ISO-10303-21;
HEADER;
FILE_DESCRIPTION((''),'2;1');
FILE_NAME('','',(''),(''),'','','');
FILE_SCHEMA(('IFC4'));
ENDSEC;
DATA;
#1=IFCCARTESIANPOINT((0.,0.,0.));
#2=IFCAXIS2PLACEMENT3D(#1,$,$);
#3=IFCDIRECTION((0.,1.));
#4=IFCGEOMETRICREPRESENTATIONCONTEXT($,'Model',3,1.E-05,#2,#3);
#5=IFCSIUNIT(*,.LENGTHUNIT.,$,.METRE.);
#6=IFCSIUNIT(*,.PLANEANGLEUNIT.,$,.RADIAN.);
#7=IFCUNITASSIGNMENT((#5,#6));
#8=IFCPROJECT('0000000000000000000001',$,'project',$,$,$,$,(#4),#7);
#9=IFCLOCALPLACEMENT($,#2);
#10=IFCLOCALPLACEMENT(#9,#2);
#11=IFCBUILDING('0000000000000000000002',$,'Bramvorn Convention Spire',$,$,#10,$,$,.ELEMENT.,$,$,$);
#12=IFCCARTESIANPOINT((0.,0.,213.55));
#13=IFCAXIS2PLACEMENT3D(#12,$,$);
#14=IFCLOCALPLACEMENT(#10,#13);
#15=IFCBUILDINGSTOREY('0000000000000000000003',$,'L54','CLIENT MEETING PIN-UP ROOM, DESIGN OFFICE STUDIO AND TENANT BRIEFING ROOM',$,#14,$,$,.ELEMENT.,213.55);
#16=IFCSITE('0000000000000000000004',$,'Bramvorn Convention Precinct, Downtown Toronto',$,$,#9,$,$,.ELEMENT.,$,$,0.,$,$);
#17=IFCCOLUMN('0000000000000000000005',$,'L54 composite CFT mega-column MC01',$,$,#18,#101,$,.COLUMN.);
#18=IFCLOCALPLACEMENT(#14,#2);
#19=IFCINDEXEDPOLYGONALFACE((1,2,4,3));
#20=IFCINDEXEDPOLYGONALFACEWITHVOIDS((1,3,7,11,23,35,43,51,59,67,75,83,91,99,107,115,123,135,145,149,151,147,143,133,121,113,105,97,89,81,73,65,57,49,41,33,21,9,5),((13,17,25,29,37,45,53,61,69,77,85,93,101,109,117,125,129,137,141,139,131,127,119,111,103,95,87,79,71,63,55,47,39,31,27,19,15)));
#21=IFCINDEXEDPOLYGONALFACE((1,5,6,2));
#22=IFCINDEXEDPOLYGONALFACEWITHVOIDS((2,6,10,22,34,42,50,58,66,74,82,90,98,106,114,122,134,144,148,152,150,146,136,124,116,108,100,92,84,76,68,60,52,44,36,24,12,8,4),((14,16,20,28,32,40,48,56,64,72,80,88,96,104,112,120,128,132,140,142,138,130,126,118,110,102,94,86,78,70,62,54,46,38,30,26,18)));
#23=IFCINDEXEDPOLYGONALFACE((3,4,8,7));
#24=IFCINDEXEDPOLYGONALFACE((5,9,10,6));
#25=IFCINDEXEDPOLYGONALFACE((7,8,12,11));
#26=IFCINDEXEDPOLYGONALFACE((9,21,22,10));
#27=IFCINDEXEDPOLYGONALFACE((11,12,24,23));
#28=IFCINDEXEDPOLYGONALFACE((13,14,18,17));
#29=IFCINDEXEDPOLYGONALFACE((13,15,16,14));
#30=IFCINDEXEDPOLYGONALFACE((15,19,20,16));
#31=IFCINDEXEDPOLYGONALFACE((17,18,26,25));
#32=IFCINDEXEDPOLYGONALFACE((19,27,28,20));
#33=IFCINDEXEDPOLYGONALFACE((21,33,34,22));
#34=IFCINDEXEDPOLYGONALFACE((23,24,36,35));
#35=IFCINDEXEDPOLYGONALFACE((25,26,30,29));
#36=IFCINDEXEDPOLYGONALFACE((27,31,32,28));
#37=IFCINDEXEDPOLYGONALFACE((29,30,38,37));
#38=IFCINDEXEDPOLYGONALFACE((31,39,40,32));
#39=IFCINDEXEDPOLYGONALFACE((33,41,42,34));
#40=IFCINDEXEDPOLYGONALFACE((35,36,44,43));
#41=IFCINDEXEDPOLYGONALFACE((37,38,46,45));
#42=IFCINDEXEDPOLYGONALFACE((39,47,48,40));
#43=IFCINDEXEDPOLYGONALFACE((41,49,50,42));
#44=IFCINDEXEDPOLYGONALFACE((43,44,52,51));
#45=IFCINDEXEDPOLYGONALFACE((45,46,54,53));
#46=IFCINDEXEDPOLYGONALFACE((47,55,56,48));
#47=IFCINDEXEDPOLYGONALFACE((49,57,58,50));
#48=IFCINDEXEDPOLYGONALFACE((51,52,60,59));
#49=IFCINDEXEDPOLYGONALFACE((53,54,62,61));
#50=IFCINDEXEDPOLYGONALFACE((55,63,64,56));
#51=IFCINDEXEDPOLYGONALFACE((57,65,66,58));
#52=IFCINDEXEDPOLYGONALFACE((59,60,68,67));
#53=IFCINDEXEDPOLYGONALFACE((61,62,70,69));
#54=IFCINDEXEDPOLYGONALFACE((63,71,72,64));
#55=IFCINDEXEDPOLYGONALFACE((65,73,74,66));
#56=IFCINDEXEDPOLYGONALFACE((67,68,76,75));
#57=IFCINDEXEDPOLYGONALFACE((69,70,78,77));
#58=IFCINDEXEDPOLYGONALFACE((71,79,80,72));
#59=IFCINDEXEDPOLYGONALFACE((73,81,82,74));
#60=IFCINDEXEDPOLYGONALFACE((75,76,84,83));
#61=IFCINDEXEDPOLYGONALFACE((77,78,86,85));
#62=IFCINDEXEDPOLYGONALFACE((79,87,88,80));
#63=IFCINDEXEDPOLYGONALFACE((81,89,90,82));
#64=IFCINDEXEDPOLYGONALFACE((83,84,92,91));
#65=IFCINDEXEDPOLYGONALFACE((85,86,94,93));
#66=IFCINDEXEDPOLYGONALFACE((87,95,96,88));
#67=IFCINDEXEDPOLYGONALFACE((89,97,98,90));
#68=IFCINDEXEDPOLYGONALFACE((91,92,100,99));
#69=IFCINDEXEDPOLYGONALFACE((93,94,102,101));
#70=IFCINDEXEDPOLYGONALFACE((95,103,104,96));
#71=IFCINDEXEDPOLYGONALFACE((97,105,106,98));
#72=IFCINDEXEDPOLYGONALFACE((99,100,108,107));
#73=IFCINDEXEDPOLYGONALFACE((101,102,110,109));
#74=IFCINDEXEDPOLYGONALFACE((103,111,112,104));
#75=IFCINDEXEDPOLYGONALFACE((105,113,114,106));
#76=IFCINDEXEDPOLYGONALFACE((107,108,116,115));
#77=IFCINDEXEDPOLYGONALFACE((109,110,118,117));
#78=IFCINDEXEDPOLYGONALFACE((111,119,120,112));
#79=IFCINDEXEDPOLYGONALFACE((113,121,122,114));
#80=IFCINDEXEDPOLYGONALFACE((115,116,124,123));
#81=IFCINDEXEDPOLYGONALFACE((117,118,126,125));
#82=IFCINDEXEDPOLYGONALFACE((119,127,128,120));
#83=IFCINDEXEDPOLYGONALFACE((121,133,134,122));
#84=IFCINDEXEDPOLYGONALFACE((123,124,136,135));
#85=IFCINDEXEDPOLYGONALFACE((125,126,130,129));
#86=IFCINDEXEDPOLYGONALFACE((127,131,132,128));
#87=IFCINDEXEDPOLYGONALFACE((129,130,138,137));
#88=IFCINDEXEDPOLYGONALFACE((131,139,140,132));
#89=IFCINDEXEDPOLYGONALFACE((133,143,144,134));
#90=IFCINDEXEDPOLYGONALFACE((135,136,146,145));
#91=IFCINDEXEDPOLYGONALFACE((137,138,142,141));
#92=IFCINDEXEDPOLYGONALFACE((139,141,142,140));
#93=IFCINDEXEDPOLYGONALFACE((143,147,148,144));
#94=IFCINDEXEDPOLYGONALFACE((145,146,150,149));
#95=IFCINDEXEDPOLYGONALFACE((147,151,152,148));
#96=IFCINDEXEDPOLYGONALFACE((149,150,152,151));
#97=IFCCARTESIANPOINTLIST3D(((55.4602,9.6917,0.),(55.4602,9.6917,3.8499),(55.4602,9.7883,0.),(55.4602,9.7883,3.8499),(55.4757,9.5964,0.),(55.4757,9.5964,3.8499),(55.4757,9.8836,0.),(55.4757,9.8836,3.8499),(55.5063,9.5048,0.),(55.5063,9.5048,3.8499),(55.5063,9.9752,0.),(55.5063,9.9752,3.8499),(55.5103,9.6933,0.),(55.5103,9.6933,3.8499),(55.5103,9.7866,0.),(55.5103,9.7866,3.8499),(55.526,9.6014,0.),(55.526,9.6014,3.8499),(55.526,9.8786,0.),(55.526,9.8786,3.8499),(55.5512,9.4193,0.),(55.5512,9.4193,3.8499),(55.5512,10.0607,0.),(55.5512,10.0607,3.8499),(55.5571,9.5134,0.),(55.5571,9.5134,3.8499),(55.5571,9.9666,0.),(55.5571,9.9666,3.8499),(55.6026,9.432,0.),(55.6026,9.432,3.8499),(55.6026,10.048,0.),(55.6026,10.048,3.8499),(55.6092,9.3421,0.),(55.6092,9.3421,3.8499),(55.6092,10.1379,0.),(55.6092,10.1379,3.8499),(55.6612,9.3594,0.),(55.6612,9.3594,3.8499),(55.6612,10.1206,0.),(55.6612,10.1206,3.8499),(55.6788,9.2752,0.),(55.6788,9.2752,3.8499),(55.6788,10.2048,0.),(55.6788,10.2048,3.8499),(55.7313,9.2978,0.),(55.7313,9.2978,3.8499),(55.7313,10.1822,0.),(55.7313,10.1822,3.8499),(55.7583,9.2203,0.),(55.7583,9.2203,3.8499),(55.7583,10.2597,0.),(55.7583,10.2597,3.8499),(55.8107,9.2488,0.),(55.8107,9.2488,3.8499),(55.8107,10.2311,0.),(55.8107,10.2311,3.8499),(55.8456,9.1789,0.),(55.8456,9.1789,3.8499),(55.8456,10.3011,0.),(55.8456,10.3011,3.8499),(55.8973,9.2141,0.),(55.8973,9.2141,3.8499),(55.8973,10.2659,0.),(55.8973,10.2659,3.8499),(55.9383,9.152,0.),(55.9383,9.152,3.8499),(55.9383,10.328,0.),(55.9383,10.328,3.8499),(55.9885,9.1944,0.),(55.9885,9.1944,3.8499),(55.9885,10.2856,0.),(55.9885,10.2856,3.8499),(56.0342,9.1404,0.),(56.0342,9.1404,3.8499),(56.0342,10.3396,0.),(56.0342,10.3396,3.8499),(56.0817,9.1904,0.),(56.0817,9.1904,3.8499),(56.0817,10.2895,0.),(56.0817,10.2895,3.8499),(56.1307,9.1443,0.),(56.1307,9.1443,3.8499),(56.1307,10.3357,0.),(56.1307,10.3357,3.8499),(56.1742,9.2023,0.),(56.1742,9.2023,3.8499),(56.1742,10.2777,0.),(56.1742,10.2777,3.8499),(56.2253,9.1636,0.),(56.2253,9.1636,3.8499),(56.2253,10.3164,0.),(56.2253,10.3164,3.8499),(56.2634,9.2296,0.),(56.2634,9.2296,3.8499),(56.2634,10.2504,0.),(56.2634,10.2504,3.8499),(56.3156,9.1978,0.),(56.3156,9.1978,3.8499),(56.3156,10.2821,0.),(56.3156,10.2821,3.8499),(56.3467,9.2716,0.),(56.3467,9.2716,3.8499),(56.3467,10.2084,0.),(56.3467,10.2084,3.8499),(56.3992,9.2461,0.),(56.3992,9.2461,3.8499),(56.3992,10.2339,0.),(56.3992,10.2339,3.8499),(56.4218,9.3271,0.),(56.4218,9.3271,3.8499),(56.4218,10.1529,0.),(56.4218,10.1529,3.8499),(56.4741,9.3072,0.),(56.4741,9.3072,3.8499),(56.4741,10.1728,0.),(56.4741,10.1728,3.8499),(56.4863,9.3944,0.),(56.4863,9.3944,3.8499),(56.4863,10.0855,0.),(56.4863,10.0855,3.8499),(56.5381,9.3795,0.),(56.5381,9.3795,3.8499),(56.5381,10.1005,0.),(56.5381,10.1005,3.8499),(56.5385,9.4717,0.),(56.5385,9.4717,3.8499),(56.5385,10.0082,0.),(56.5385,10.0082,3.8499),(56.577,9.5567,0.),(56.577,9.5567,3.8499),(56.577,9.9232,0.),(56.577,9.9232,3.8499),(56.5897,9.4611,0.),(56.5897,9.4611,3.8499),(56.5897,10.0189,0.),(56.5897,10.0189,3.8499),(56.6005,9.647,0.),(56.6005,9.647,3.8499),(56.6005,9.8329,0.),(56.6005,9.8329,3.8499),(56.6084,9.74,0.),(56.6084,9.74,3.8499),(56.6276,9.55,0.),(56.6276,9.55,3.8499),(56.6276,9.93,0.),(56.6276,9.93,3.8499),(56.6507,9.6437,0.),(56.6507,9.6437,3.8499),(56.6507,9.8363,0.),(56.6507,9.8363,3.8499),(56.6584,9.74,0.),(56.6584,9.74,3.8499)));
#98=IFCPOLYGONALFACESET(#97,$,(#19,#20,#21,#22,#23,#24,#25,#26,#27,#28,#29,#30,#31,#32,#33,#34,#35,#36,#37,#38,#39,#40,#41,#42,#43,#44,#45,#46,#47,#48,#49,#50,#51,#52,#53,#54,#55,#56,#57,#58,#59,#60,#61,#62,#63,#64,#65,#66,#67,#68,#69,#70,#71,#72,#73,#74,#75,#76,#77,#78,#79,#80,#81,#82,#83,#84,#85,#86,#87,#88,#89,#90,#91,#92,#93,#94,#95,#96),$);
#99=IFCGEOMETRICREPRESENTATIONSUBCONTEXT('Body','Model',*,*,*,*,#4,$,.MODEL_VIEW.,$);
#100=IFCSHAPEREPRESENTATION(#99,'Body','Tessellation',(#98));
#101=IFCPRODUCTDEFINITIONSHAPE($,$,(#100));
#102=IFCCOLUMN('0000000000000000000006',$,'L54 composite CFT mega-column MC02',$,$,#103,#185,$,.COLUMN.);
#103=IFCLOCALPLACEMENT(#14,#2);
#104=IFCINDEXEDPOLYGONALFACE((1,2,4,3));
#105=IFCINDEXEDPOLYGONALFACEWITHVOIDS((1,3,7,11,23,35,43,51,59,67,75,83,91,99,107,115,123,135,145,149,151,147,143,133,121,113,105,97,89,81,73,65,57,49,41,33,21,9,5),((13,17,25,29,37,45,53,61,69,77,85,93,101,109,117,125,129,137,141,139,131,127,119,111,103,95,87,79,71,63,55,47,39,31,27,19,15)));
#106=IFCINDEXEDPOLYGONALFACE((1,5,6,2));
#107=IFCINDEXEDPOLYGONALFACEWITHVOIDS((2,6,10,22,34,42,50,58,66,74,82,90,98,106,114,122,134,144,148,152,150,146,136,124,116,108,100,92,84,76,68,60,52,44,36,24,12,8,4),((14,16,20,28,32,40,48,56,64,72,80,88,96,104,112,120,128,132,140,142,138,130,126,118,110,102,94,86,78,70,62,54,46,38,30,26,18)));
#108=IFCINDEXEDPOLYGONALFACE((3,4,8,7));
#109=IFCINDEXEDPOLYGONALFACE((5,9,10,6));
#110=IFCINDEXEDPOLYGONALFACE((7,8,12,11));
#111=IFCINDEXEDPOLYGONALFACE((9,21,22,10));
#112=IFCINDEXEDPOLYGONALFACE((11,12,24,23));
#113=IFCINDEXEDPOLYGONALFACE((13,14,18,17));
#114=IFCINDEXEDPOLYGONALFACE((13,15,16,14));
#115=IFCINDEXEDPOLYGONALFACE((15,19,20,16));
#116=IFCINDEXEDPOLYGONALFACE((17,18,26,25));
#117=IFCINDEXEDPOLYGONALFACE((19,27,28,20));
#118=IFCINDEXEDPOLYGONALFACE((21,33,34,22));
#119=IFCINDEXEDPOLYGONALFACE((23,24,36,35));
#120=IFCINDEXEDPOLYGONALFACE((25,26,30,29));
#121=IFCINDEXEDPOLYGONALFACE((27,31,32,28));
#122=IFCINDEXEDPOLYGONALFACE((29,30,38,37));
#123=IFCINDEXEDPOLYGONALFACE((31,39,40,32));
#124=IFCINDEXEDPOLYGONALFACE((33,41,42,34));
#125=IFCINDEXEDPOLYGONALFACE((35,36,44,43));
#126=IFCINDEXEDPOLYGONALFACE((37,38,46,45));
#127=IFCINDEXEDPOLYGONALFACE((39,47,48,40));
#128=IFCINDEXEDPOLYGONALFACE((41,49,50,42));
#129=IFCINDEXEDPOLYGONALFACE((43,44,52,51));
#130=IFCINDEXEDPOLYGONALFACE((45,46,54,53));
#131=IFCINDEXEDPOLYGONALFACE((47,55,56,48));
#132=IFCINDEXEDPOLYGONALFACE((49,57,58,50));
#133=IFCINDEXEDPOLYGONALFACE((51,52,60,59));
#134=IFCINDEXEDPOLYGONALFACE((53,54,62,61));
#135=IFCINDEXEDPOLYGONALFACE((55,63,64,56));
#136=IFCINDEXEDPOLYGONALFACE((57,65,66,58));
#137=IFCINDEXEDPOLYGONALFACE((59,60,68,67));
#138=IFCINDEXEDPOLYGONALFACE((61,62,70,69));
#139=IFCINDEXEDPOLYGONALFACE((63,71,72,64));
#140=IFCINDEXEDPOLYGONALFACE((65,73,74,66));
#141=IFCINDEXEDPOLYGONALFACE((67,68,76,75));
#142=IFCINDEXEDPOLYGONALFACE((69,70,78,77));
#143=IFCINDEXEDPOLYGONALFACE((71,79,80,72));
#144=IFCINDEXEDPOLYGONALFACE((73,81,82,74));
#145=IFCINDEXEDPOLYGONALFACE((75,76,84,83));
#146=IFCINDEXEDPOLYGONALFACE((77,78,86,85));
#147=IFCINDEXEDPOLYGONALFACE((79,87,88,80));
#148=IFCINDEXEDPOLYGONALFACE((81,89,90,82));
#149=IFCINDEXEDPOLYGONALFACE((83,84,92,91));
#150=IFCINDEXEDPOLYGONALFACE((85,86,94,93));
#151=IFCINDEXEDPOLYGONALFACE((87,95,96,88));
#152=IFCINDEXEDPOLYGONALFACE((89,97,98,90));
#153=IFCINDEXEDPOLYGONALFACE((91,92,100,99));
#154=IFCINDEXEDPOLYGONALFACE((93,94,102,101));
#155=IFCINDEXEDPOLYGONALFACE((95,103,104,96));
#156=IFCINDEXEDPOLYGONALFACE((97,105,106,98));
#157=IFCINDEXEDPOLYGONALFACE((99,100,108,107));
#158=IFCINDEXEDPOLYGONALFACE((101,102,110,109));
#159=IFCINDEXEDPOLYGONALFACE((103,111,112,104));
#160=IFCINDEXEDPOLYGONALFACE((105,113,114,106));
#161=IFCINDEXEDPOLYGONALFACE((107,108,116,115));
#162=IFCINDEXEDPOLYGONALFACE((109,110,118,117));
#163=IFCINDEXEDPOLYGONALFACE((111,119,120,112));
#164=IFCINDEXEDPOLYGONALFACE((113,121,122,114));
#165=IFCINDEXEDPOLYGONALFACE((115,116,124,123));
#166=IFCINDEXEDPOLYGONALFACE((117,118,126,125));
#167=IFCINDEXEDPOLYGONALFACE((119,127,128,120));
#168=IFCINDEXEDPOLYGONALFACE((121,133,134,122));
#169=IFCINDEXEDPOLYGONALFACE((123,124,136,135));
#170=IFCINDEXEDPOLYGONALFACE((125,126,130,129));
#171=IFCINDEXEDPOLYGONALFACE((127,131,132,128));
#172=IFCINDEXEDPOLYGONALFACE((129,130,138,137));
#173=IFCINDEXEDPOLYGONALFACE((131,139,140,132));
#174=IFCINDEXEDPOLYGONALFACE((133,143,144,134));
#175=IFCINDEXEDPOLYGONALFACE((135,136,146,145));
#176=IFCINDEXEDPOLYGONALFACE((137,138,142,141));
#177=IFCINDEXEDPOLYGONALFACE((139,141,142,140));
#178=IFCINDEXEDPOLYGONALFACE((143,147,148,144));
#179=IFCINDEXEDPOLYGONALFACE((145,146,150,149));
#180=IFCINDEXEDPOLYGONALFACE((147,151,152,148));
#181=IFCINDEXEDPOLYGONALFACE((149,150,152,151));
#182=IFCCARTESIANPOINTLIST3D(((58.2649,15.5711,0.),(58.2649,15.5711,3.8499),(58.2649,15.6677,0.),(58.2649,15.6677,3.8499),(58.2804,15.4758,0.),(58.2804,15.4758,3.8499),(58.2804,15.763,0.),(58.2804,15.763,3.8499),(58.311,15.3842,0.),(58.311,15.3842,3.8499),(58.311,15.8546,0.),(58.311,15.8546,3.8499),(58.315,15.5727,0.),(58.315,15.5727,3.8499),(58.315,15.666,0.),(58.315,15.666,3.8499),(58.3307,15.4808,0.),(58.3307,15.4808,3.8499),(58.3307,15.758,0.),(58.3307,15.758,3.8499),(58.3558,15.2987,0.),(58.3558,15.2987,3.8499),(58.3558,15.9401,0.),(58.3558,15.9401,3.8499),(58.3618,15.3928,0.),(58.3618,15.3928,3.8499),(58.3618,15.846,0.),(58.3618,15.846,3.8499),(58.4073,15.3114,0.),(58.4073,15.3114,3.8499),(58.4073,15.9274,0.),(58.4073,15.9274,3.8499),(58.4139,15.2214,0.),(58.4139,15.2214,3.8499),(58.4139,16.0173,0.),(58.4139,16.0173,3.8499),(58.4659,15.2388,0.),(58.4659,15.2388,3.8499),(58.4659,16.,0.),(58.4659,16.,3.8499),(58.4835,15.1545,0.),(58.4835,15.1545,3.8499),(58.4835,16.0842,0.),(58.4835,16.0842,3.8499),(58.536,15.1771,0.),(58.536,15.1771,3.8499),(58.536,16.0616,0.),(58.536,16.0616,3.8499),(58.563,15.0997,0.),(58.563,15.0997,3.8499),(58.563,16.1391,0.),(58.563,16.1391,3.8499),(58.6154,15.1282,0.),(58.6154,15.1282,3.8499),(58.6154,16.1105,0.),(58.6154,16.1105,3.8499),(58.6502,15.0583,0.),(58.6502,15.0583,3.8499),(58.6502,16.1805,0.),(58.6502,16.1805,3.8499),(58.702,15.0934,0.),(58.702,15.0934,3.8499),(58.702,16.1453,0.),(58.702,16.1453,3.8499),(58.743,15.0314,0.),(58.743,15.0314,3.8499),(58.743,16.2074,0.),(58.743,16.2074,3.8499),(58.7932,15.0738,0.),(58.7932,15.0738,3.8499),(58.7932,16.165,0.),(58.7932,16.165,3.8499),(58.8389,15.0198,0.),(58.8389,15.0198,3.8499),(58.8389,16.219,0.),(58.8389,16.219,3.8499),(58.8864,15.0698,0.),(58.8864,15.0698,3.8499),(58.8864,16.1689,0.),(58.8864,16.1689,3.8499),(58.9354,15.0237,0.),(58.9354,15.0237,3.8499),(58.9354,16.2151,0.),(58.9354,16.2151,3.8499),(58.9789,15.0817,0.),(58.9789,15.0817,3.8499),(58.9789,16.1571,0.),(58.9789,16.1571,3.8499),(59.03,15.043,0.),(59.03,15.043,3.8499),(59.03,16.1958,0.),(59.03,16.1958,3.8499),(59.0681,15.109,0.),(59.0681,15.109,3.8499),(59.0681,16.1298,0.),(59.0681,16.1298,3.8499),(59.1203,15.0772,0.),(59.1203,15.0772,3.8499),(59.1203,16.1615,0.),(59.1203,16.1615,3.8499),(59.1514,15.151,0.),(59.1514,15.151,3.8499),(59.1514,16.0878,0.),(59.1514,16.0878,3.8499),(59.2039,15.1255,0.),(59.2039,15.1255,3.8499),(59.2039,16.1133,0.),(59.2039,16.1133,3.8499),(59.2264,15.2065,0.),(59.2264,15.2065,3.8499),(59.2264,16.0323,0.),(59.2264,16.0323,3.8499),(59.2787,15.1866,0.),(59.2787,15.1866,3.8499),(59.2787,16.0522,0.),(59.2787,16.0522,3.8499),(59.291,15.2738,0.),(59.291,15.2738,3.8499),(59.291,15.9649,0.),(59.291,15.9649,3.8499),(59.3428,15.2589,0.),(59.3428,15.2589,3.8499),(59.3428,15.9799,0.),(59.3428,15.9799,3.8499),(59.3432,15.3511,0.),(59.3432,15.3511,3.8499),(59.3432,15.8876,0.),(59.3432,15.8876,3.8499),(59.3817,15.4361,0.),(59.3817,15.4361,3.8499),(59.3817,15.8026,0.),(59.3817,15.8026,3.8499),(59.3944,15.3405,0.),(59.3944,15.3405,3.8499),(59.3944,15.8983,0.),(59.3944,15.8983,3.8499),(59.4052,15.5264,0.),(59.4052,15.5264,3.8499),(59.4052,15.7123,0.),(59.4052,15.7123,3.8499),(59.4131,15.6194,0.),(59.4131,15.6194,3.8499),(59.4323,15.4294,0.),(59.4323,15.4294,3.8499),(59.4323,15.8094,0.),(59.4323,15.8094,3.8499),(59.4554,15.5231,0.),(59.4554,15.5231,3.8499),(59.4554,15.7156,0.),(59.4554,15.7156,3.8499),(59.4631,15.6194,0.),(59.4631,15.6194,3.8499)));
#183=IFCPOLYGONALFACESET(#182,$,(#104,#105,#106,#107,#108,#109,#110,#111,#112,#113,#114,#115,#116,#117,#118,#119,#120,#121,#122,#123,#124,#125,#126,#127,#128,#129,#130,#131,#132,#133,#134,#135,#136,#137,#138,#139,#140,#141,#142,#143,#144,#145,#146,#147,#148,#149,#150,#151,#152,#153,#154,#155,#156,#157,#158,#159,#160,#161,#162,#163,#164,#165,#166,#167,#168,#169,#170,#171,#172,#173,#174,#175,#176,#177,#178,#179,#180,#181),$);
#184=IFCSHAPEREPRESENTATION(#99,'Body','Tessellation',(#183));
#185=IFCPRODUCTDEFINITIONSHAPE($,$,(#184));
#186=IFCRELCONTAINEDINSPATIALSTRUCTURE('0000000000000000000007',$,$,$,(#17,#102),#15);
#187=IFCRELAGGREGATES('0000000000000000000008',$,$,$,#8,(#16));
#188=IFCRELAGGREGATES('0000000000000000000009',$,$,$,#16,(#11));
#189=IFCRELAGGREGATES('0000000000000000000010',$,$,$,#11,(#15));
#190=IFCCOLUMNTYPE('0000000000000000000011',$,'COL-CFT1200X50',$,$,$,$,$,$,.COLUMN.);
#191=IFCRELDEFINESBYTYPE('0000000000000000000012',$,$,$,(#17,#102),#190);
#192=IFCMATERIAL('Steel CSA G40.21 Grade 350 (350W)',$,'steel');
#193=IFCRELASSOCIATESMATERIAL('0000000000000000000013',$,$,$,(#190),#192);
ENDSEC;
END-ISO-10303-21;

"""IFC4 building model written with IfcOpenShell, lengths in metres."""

from ifc_helpers import new_model, si_unit, direction, frame, origin, origin_2d, place, context, subcontext, project, spatial, hollow_circle, extrude, material, material_profile, profile_set, type_object, element, save


model = new_model("IFC4")

# Units and contexts
model_context = context("Model", 3, precision=1e-05, world=origin(), true_north=direction((0.0, 1.0)))
body_context = subcontext(model_context, "Body", "Model", "MODEL_VIEW")
ifc_project = project(units=[si_unit("LENGTHUNIT", "METRE"), si_unit("PLANEANGLEUNIT", "RADIAN")], contexts=[model_context])

# Site, building, storey
site_placement = place(None, origin())
site = spatial("IfcSite", under=ifc_project, at=site_placement, Name="Bramvorn Convention Precinct, Downtown Toronto", CompositionType="ELEMENT", RefElevation=0.0)
building_placement = place(site_placement, origin())
building = spatial("IfcBuilding", under=site, at=building_placement, Name="Bramvorn Convention Spire", CompositionType="ELEMENT")
storey_placement = place(building_placement, frame((0.0, 0.0, 213.55)))
storey = spatial("IfcBuildingStorey", under=building, at=storey_placement, Name="L54", Description="CLIENT MEETING PIN-UP ROOM, DESIGN OFFICE STUDIO AND TENANT BRIEFING ROOM", CompositionType="ELEMENT", Elevation=213.55)

# Columns
ifc_material_1 = material(Name="Steel CSA G40.21 Grade 350 (350W)", Category="steel")
ifc_material_profile_1 = material_profile(ifc_material_1, hollow_circle(Radius=0.6001, WallThickness=0.05, at=origin_2d()))
ifc_profile_set_1 = profile_set([ifc_material_profile_1], Name="Steel CSA G40.21 Grade 350 (350W) - CFT1200X50")
column_type = type_object("IfcColumnType", Name="COL-CFT1200X50", PredefinedType="COLUMN", material=ifc_profile_set_1)
for number, where, z_axis, x_axis, name in (
    (1, (56.0583, 9.74, 0.0), (0.0, 0.0, 1.0), (1.0, 0.0, 0.0), "L54 composite CFT mega-column MC01"),
    (2, (58.863, 15.6194, 0.0), (0.0, 0.0, 1.0), (1.0, 0.0, 0.0), "L54 composite CFT mega-column MC02"),
):
    element("IfcColumn", number, at=place(storey_placement, frame(where, z_axis=z_axis, x_axis=x_axis)), inside=storey, type_object=column_type, Name=name, PredefinedType="COLUMN", context=body_context, shape_type="SweptSolid", body=[
        extrude(hollow_circle(Radius=0.6001, WallThickness=0.05, at=origin_2d()), origin(), (0.0, 0.0, 1.0), 3.8499),
    ])

save(model, "model.ifc")
